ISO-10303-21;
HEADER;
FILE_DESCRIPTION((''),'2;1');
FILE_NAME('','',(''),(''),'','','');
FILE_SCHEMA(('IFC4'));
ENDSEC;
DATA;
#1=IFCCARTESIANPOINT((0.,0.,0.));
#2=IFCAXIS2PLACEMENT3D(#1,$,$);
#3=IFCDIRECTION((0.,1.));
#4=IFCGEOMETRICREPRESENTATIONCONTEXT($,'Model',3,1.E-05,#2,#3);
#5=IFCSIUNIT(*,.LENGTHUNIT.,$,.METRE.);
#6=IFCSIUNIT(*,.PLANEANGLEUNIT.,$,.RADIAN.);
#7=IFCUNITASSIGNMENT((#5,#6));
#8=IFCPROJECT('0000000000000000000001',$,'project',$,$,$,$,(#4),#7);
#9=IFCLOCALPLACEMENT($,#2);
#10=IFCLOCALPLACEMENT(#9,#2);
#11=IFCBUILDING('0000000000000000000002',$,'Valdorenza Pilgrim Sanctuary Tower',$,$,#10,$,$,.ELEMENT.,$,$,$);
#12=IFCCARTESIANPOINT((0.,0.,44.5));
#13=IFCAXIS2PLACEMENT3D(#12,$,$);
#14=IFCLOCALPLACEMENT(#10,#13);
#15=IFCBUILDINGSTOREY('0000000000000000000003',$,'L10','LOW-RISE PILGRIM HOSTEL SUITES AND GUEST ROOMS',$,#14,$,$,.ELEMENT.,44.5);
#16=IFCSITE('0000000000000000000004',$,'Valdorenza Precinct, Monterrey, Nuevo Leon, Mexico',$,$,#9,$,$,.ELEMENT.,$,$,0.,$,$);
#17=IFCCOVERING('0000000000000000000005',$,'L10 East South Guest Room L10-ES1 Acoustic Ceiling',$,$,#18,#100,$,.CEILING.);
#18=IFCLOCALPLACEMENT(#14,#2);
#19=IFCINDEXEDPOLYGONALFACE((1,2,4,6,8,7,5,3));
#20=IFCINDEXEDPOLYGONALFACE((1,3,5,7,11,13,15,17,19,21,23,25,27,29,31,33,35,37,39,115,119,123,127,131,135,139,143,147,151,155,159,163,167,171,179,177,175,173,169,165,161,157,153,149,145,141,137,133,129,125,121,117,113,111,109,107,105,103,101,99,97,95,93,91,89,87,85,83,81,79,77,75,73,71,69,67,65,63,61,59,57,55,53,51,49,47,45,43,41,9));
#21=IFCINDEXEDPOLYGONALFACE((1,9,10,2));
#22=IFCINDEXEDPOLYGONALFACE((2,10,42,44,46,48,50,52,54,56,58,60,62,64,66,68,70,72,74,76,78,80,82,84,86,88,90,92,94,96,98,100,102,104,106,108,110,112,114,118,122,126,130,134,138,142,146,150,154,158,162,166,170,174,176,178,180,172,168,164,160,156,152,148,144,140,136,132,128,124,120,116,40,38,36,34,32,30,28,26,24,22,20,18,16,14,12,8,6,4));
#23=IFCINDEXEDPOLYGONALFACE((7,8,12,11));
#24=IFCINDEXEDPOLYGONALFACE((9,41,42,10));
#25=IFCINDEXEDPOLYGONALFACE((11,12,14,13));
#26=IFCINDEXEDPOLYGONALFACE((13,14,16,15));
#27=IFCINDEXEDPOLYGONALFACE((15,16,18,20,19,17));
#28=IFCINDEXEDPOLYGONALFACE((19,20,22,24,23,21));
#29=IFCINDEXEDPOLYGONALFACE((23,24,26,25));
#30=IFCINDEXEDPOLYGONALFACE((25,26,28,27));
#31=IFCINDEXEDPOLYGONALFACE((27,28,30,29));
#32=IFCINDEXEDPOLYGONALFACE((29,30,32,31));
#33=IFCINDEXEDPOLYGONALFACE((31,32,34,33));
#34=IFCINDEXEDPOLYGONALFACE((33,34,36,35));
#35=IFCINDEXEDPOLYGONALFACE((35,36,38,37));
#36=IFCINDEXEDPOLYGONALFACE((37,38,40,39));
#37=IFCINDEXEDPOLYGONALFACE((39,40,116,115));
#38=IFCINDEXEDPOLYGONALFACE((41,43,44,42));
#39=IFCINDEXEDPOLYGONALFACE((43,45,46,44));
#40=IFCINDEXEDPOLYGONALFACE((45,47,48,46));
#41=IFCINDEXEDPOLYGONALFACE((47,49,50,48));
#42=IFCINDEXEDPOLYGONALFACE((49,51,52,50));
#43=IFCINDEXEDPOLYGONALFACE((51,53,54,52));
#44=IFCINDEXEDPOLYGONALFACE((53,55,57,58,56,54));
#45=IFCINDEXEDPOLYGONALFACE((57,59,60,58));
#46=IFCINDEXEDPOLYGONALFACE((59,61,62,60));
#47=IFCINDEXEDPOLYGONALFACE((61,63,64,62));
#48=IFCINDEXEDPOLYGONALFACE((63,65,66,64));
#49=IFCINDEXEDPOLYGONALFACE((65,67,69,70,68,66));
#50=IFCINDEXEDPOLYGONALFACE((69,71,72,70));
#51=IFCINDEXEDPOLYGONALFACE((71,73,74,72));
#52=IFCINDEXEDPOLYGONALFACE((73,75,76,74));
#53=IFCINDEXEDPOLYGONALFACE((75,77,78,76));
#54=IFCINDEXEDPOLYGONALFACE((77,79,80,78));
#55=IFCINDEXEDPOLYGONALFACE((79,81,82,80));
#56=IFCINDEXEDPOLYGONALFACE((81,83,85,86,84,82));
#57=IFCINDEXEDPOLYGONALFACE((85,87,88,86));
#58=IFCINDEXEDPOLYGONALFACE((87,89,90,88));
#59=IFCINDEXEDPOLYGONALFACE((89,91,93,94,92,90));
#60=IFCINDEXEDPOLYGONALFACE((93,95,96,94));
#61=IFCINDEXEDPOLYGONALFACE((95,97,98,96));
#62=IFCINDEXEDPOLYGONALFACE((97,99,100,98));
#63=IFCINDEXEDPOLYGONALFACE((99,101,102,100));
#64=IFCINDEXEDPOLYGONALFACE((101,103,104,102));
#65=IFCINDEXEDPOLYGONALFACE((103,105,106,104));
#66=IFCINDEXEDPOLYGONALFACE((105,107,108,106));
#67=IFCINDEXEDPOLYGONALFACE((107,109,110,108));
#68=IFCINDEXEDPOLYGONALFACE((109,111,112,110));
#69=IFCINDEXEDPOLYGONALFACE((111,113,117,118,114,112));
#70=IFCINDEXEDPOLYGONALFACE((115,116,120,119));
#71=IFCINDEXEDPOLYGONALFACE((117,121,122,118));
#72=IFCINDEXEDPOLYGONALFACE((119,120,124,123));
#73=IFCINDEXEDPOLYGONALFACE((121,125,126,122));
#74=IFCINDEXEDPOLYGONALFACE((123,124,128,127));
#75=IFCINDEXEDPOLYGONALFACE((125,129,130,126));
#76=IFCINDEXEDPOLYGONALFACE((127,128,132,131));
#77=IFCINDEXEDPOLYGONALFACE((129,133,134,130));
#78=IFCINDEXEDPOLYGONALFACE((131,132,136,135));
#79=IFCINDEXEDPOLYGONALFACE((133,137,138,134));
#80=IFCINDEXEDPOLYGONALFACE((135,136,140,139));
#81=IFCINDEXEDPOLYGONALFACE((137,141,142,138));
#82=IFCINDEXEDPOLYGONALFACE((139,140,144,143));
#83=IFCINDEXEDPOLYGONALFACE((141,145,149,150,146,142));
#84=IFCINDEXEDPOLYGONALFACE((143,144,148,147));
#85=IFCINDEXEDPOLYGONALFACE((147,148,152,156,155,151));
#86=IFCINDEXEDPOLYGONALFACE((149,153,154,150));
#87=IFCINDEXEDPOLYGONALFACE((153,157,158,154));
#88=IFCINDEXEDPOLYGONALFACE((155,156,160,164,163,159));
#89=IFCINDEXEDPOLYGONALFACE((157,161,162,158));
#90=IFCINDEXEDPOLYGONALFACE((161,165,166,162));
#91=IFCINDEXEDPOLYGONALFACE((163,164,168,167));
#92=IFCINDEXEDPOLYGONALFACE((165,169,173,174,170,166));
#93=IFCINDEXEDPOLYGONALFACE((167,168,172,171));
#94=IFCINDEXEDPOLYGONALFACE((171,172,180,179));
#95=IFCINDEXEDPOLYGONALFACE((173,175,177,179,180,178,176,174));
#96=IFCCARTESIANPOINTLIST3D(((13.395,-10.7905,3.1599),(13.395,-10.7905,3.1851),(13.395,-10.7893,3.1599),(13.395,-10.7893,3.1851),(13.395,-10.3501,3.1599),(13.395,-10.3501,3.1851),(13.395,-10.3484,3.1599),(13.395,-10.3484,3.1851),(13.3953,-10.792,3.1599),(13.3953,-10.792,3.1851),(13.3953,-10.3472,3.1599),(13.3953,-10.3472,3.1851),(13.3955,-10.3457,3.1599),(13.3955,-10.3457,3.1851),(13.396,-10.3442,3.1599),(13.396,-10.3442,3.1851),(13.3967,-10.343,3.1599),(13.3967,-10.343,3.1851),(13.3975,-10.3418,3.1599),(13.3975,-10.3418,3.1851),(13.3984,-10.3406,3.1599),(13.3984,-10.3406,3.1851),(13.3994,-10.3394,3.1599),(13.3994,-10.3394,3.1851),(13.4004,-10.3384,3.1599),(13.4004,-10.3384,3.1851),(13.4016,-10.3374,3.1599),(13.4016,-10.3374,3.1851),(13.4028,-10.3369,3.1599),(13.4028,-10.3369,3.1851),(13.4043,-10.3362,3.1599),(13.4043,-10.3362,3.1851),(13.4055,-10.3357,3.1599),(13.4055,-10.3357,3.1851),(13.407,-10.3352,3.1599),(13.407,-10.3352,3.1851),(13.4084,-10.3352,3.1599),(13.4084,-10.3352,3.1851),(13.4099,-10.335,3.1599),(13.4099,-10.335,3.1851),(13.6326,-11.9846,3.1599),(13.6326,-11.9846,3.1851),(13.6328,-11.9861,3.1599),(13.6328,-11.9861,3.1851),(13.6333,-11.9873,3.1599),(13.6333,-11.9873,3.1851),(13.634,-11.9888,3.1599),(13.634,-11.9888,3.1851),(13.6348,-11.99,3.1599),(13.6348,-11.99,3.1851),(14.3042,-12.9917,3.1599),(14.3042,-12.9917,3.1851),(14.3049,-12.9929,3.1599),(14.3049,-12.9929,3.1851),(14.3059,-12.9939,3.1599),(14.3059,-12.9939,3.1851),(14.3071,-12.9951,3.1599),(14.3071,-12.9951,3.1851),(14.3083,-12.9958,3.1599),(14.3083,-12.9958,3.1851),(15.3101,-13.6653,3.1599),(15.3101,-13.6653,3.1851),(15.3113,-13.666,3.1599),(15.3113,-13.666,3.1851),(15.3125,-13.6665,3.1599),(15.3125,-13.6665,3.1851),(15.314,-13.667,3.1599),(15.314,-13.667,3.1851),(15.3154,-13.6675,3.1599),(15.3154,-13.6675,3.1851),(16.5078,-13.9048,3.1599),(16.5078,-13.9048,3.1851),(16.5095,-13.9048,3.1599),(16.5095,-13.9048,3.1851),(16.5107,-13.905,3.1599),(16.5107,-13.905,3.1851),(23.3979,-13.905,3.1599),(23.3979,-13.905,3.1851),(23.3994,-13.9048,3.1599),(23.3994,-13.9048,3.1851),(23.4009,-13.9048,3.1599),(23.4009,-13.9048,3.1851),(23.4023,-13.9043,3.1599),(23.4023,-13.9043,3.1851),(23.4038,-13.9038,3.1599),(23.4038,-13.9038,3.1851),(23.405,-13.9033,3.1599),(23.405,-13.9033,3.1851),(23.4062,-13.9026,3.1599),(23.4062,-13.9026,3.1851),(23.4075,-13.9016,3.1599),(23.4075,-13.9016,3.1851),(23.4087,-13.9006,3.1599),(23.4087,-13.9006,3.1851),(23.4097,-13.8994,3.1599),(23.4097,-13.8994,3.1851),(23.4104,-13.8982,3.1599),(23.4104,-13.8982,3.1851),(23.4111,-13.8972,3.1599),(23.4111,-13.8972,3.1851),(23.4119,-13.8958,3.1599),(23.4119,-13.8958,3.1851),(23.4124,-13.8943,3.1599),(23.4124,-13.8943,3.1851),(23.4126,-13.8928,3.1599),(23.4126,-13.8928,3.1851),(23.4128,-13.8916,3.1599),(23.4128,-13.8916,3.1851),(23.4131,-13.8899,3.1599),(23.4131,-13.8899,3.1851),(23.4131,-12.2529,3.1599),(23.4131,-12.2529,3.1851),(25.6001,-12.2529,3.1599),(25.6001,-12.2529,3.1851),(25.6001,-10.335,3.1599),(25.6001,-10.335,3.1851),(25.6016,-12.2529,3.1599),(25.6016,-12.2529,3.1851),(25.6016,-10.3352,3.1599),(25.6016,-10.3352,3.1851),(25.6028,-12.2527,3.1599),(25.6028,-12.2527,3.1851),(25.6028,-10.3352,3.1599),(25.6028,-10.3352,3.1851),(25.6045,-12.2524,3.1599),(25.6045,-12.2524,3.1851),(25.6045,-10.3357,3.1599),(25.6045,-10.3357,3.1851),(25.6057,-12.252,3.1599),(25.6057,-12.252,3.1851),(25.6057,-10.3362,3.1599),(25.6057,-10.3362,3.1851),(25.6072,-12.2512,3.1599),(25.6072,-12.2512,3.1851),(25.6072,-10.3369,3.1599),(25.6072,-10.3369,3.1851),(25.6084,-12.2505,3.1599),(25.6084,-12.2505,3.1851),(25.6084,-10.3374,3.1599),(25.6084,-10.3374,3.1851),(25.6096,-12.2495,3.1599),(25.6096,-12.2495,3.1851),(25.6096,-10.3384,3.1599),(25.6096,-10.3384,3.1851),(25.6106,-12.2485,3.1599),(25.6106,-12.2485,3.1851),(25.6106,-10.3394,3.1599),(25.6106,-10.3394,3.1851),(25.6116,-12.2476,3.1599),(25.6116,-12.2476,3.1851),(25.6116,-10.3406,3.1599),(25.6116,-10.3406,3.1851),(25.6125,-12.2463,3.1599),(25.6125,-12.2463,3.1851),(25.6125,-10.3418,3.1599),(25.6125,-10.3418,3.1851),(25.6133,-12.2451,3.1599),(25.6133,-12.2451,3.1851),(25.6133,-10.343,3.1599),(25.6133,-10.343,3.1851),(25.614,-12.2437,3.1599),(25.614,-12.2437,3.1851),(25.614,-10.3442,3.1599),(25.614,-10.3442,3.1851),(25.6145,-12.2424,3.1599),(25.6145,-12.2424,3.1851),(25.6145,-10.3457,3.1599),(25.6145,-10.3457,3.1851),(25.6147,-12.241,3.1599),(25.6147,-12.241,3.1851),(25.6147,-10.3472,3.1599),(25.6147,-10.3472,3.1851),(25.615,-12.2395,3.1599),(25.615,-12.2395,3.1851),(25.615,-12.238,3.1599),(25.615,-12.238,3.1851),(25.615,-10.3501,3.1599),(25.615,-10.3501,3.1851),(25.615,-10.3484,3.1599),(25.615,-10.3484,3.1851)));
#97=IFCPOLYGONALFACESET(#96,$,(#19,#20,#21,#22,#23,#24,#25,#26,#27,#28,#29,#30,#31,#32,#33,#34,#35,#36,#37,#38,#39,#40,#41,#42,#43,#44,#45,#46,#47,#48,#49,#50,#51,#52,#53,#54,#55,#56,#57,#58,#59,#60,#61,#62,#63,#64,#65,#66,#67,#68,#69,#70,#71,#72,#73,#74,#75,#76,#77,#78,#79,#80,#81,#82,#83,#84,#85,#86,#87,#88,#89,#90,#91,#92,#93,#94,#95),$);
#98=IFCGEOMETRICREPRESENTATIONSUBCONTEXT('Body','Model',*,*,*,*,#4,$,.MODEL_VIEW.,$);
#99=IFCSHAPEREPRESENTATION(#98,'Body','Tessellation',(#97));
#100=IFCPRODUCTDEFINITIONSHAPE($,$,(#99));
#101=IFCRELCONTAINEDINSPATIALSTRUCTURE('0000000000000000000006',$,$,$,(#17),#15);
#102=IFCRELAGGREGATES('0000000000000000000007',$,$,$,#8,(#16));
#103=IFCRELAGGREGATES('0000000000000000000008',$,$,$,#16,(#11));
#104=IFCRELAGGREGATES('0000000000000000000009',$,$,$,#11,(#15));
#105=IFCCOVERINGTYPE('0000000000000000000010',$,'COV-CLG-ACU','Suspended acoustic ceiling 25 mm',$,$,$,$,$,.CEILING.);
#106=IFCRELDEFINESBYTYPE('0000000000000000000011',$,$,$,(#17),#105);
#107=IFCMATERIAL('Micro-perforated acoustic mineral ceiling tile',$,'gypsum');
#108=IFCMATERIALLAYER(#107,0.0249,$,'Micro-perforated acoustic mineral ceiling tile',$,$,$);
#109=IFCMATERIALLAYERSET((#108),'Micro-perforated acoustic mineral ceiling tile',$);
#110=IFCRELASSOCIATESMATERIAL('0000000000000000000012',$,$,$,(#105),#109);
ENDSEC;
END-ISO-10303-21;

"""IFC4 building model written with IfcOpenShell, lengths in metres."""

from ifc_helpers import new_model, si_unit, direction, frame, origin, place, context, subcontext, project, spatial, polyline, outline, extrude, material, layer, layer_set, type_object, element, save


model = new_model("IFC4")

# Units and contexts
model_context = context("Model", 3, precision=1e-05, world=origin(), true_north=direction((0.0, 1.0)))
body_context = subcontext(model_context, "Body", "Model", "MODEL_VIEW")
ifc_project = project(units=[si_unit("LENGTHUNIT", "METRE"), si_unit("PLANEANGLEUNIT", "RADIAN")], contexts=[model_context])

# Site, building, storey
site_placement = place(None, origin())
site = spatial("IfcSite", under=ifc_project, at=site_placement, Name="Valdorenza Precinct, Monterrey, Nuevo Leon, Mexico", CompositionType="ELEMENT", RefElevation=0.0)
building_placement = place(site_placement, origin())
building = spatial("IfcBuilding", under=site, at=building_placement, Name="Valdorenza Pilgrim Sanctuary Tower", CompositionType="ELEMENT")
storey_placement = place(building_placement, frame((0.0, 0.0, 44.5)))
storey = spatial("IfcBuildingStorey", under=building, at=storey_placement, Name="L10", Description="LOW-RISE PILGRIM HOSTEL SUITES AND GUEST ROOMS", CompositionType="ELEMENT", Elevation=44.5)

# Covering
ifc_material_1 = material(Name="Micro-perforated acoustic mineral ceiling tile", Category="gypsum")
ifc_layer_1 = layer(ifc_material_1, 0.0249, Name="Micro-perforated acoustic mineral ceiling tile")
ifc_layer_set_1 = layer_set([ifc_layer_1], Name="Micro-perforated acoustic mineral ceiling tile")
covering_type_1 = type_object("IfcCoveringType", Name="COV-CLG-ACU", Description="Suspended acoustic ceiling 25 mm", PredefinedType="CEILING", material=ifc_layer_set_1)
covering_1_placement = place(storey_placement, frame((0.0, 0.0, 3.1599)))
element("IfcCovering", 1, at=covering_1_placement, inside=storey, type_object=covering_type_1, Name="L10 East South Guest Room L10-ES1 Acoustic Ceiling", PredefinedType="CEILING", context=body_context, shape_type="SweptSolid", body=[
    extrude(outline(polyline([(23.4131, -12.2529), (23.4131, -13.8899), (23.4128, -13.8916), (23.4126, -13.8928), (23.4124, -13.8943), (23.4119, -13.8958), (23.4111, -13.8972), (23.4104, -13.8982), (23.4097, -13.8994), (23.4087, -13.9006), (23.4075, -13.9016), (23.4062, -13.9026), (23.405, -13.9033), (23.4038, -13.9038), (23.4023, -13.9043), (23.4009, -13.9048), (23.3994, -13.9048), (23.3979, -13.905), (16.5107, -13.905), (16.5095, -13.9048), (16.5078, -13.9048), (15.3154, -13.6675), (15.314, -13.667), (15.3125, -13.6665), (15.3113, -13.666), (15.3101, -13.6653), (14.3083, -12.9958), (14.3071, -12.9951), (14.3059, -12.9939), (14.3049, -12.9929), (14.3042, -12.9917), (13.6348, -11.99), (13.634, -11.9888), (13.6333, -11.9873), (13.6328, -11.9861), (13.6326, -11.9846), (13.3953, -10.792), (13.395, -10.7905), (13.395, -10.7893), (13.395, -10.3501), (13.395, -10.3484), (13.3953, -10.3472), (13.3955, -10.3457), (13.396, -10.3442), (13.3967, -10.343), (13.3975, -10.3418), (13.3984, -10.3406), (13.3994, -10.3394), (13.4004, -10.3384), (13.4016, -10.3374), (13.4028, -10.3369), (13.4043, -10.3362), (13.4055, -10.3357), (13.407, -10.3352), (13.4084, -10.3352), (13.4099, -10.335), (25.6001, -10.335), (25.6016, -10.3352), (25.6028, -10.3352), (25.6045, -10.3357), (25.6057, -10.3362), (25.6072, -10.3369), (25.6084, -10.3374), (25.6096, -10.3384), (25.6106, -10.3394), (25.6116, -10.3406), (25.6125, -10.3418), (25.6133, -10.343), (25.614, -10.3442), (25.6145, -10.3457), (25.6147, -10.3472), (25.615, -10.3484), (25.615, -10.3501), (25.615, -12.238), (25.615, -12.2395), (25.6147, -12.241), (25.6145, -12.2424), (25.614, -12.2437), (25.6133, -12.2451), (25.6125, -12.2463), (25.6116, -12.2476), (25.6106, -12.2485), (25.6096, -12.2495), (25.6084, -12.2505), (25.6072, -12.2512), (25.6057, -12.252), (25.6045, -12.2524), (25.6028, -12.2527), (25.6016, -12.2529), (25.6001, -12.2529), (23.4131, -12.2529)])), origin(), (0.0, 0.0, 1.0), 0.0251),
])

save(model, "model.ifc")
